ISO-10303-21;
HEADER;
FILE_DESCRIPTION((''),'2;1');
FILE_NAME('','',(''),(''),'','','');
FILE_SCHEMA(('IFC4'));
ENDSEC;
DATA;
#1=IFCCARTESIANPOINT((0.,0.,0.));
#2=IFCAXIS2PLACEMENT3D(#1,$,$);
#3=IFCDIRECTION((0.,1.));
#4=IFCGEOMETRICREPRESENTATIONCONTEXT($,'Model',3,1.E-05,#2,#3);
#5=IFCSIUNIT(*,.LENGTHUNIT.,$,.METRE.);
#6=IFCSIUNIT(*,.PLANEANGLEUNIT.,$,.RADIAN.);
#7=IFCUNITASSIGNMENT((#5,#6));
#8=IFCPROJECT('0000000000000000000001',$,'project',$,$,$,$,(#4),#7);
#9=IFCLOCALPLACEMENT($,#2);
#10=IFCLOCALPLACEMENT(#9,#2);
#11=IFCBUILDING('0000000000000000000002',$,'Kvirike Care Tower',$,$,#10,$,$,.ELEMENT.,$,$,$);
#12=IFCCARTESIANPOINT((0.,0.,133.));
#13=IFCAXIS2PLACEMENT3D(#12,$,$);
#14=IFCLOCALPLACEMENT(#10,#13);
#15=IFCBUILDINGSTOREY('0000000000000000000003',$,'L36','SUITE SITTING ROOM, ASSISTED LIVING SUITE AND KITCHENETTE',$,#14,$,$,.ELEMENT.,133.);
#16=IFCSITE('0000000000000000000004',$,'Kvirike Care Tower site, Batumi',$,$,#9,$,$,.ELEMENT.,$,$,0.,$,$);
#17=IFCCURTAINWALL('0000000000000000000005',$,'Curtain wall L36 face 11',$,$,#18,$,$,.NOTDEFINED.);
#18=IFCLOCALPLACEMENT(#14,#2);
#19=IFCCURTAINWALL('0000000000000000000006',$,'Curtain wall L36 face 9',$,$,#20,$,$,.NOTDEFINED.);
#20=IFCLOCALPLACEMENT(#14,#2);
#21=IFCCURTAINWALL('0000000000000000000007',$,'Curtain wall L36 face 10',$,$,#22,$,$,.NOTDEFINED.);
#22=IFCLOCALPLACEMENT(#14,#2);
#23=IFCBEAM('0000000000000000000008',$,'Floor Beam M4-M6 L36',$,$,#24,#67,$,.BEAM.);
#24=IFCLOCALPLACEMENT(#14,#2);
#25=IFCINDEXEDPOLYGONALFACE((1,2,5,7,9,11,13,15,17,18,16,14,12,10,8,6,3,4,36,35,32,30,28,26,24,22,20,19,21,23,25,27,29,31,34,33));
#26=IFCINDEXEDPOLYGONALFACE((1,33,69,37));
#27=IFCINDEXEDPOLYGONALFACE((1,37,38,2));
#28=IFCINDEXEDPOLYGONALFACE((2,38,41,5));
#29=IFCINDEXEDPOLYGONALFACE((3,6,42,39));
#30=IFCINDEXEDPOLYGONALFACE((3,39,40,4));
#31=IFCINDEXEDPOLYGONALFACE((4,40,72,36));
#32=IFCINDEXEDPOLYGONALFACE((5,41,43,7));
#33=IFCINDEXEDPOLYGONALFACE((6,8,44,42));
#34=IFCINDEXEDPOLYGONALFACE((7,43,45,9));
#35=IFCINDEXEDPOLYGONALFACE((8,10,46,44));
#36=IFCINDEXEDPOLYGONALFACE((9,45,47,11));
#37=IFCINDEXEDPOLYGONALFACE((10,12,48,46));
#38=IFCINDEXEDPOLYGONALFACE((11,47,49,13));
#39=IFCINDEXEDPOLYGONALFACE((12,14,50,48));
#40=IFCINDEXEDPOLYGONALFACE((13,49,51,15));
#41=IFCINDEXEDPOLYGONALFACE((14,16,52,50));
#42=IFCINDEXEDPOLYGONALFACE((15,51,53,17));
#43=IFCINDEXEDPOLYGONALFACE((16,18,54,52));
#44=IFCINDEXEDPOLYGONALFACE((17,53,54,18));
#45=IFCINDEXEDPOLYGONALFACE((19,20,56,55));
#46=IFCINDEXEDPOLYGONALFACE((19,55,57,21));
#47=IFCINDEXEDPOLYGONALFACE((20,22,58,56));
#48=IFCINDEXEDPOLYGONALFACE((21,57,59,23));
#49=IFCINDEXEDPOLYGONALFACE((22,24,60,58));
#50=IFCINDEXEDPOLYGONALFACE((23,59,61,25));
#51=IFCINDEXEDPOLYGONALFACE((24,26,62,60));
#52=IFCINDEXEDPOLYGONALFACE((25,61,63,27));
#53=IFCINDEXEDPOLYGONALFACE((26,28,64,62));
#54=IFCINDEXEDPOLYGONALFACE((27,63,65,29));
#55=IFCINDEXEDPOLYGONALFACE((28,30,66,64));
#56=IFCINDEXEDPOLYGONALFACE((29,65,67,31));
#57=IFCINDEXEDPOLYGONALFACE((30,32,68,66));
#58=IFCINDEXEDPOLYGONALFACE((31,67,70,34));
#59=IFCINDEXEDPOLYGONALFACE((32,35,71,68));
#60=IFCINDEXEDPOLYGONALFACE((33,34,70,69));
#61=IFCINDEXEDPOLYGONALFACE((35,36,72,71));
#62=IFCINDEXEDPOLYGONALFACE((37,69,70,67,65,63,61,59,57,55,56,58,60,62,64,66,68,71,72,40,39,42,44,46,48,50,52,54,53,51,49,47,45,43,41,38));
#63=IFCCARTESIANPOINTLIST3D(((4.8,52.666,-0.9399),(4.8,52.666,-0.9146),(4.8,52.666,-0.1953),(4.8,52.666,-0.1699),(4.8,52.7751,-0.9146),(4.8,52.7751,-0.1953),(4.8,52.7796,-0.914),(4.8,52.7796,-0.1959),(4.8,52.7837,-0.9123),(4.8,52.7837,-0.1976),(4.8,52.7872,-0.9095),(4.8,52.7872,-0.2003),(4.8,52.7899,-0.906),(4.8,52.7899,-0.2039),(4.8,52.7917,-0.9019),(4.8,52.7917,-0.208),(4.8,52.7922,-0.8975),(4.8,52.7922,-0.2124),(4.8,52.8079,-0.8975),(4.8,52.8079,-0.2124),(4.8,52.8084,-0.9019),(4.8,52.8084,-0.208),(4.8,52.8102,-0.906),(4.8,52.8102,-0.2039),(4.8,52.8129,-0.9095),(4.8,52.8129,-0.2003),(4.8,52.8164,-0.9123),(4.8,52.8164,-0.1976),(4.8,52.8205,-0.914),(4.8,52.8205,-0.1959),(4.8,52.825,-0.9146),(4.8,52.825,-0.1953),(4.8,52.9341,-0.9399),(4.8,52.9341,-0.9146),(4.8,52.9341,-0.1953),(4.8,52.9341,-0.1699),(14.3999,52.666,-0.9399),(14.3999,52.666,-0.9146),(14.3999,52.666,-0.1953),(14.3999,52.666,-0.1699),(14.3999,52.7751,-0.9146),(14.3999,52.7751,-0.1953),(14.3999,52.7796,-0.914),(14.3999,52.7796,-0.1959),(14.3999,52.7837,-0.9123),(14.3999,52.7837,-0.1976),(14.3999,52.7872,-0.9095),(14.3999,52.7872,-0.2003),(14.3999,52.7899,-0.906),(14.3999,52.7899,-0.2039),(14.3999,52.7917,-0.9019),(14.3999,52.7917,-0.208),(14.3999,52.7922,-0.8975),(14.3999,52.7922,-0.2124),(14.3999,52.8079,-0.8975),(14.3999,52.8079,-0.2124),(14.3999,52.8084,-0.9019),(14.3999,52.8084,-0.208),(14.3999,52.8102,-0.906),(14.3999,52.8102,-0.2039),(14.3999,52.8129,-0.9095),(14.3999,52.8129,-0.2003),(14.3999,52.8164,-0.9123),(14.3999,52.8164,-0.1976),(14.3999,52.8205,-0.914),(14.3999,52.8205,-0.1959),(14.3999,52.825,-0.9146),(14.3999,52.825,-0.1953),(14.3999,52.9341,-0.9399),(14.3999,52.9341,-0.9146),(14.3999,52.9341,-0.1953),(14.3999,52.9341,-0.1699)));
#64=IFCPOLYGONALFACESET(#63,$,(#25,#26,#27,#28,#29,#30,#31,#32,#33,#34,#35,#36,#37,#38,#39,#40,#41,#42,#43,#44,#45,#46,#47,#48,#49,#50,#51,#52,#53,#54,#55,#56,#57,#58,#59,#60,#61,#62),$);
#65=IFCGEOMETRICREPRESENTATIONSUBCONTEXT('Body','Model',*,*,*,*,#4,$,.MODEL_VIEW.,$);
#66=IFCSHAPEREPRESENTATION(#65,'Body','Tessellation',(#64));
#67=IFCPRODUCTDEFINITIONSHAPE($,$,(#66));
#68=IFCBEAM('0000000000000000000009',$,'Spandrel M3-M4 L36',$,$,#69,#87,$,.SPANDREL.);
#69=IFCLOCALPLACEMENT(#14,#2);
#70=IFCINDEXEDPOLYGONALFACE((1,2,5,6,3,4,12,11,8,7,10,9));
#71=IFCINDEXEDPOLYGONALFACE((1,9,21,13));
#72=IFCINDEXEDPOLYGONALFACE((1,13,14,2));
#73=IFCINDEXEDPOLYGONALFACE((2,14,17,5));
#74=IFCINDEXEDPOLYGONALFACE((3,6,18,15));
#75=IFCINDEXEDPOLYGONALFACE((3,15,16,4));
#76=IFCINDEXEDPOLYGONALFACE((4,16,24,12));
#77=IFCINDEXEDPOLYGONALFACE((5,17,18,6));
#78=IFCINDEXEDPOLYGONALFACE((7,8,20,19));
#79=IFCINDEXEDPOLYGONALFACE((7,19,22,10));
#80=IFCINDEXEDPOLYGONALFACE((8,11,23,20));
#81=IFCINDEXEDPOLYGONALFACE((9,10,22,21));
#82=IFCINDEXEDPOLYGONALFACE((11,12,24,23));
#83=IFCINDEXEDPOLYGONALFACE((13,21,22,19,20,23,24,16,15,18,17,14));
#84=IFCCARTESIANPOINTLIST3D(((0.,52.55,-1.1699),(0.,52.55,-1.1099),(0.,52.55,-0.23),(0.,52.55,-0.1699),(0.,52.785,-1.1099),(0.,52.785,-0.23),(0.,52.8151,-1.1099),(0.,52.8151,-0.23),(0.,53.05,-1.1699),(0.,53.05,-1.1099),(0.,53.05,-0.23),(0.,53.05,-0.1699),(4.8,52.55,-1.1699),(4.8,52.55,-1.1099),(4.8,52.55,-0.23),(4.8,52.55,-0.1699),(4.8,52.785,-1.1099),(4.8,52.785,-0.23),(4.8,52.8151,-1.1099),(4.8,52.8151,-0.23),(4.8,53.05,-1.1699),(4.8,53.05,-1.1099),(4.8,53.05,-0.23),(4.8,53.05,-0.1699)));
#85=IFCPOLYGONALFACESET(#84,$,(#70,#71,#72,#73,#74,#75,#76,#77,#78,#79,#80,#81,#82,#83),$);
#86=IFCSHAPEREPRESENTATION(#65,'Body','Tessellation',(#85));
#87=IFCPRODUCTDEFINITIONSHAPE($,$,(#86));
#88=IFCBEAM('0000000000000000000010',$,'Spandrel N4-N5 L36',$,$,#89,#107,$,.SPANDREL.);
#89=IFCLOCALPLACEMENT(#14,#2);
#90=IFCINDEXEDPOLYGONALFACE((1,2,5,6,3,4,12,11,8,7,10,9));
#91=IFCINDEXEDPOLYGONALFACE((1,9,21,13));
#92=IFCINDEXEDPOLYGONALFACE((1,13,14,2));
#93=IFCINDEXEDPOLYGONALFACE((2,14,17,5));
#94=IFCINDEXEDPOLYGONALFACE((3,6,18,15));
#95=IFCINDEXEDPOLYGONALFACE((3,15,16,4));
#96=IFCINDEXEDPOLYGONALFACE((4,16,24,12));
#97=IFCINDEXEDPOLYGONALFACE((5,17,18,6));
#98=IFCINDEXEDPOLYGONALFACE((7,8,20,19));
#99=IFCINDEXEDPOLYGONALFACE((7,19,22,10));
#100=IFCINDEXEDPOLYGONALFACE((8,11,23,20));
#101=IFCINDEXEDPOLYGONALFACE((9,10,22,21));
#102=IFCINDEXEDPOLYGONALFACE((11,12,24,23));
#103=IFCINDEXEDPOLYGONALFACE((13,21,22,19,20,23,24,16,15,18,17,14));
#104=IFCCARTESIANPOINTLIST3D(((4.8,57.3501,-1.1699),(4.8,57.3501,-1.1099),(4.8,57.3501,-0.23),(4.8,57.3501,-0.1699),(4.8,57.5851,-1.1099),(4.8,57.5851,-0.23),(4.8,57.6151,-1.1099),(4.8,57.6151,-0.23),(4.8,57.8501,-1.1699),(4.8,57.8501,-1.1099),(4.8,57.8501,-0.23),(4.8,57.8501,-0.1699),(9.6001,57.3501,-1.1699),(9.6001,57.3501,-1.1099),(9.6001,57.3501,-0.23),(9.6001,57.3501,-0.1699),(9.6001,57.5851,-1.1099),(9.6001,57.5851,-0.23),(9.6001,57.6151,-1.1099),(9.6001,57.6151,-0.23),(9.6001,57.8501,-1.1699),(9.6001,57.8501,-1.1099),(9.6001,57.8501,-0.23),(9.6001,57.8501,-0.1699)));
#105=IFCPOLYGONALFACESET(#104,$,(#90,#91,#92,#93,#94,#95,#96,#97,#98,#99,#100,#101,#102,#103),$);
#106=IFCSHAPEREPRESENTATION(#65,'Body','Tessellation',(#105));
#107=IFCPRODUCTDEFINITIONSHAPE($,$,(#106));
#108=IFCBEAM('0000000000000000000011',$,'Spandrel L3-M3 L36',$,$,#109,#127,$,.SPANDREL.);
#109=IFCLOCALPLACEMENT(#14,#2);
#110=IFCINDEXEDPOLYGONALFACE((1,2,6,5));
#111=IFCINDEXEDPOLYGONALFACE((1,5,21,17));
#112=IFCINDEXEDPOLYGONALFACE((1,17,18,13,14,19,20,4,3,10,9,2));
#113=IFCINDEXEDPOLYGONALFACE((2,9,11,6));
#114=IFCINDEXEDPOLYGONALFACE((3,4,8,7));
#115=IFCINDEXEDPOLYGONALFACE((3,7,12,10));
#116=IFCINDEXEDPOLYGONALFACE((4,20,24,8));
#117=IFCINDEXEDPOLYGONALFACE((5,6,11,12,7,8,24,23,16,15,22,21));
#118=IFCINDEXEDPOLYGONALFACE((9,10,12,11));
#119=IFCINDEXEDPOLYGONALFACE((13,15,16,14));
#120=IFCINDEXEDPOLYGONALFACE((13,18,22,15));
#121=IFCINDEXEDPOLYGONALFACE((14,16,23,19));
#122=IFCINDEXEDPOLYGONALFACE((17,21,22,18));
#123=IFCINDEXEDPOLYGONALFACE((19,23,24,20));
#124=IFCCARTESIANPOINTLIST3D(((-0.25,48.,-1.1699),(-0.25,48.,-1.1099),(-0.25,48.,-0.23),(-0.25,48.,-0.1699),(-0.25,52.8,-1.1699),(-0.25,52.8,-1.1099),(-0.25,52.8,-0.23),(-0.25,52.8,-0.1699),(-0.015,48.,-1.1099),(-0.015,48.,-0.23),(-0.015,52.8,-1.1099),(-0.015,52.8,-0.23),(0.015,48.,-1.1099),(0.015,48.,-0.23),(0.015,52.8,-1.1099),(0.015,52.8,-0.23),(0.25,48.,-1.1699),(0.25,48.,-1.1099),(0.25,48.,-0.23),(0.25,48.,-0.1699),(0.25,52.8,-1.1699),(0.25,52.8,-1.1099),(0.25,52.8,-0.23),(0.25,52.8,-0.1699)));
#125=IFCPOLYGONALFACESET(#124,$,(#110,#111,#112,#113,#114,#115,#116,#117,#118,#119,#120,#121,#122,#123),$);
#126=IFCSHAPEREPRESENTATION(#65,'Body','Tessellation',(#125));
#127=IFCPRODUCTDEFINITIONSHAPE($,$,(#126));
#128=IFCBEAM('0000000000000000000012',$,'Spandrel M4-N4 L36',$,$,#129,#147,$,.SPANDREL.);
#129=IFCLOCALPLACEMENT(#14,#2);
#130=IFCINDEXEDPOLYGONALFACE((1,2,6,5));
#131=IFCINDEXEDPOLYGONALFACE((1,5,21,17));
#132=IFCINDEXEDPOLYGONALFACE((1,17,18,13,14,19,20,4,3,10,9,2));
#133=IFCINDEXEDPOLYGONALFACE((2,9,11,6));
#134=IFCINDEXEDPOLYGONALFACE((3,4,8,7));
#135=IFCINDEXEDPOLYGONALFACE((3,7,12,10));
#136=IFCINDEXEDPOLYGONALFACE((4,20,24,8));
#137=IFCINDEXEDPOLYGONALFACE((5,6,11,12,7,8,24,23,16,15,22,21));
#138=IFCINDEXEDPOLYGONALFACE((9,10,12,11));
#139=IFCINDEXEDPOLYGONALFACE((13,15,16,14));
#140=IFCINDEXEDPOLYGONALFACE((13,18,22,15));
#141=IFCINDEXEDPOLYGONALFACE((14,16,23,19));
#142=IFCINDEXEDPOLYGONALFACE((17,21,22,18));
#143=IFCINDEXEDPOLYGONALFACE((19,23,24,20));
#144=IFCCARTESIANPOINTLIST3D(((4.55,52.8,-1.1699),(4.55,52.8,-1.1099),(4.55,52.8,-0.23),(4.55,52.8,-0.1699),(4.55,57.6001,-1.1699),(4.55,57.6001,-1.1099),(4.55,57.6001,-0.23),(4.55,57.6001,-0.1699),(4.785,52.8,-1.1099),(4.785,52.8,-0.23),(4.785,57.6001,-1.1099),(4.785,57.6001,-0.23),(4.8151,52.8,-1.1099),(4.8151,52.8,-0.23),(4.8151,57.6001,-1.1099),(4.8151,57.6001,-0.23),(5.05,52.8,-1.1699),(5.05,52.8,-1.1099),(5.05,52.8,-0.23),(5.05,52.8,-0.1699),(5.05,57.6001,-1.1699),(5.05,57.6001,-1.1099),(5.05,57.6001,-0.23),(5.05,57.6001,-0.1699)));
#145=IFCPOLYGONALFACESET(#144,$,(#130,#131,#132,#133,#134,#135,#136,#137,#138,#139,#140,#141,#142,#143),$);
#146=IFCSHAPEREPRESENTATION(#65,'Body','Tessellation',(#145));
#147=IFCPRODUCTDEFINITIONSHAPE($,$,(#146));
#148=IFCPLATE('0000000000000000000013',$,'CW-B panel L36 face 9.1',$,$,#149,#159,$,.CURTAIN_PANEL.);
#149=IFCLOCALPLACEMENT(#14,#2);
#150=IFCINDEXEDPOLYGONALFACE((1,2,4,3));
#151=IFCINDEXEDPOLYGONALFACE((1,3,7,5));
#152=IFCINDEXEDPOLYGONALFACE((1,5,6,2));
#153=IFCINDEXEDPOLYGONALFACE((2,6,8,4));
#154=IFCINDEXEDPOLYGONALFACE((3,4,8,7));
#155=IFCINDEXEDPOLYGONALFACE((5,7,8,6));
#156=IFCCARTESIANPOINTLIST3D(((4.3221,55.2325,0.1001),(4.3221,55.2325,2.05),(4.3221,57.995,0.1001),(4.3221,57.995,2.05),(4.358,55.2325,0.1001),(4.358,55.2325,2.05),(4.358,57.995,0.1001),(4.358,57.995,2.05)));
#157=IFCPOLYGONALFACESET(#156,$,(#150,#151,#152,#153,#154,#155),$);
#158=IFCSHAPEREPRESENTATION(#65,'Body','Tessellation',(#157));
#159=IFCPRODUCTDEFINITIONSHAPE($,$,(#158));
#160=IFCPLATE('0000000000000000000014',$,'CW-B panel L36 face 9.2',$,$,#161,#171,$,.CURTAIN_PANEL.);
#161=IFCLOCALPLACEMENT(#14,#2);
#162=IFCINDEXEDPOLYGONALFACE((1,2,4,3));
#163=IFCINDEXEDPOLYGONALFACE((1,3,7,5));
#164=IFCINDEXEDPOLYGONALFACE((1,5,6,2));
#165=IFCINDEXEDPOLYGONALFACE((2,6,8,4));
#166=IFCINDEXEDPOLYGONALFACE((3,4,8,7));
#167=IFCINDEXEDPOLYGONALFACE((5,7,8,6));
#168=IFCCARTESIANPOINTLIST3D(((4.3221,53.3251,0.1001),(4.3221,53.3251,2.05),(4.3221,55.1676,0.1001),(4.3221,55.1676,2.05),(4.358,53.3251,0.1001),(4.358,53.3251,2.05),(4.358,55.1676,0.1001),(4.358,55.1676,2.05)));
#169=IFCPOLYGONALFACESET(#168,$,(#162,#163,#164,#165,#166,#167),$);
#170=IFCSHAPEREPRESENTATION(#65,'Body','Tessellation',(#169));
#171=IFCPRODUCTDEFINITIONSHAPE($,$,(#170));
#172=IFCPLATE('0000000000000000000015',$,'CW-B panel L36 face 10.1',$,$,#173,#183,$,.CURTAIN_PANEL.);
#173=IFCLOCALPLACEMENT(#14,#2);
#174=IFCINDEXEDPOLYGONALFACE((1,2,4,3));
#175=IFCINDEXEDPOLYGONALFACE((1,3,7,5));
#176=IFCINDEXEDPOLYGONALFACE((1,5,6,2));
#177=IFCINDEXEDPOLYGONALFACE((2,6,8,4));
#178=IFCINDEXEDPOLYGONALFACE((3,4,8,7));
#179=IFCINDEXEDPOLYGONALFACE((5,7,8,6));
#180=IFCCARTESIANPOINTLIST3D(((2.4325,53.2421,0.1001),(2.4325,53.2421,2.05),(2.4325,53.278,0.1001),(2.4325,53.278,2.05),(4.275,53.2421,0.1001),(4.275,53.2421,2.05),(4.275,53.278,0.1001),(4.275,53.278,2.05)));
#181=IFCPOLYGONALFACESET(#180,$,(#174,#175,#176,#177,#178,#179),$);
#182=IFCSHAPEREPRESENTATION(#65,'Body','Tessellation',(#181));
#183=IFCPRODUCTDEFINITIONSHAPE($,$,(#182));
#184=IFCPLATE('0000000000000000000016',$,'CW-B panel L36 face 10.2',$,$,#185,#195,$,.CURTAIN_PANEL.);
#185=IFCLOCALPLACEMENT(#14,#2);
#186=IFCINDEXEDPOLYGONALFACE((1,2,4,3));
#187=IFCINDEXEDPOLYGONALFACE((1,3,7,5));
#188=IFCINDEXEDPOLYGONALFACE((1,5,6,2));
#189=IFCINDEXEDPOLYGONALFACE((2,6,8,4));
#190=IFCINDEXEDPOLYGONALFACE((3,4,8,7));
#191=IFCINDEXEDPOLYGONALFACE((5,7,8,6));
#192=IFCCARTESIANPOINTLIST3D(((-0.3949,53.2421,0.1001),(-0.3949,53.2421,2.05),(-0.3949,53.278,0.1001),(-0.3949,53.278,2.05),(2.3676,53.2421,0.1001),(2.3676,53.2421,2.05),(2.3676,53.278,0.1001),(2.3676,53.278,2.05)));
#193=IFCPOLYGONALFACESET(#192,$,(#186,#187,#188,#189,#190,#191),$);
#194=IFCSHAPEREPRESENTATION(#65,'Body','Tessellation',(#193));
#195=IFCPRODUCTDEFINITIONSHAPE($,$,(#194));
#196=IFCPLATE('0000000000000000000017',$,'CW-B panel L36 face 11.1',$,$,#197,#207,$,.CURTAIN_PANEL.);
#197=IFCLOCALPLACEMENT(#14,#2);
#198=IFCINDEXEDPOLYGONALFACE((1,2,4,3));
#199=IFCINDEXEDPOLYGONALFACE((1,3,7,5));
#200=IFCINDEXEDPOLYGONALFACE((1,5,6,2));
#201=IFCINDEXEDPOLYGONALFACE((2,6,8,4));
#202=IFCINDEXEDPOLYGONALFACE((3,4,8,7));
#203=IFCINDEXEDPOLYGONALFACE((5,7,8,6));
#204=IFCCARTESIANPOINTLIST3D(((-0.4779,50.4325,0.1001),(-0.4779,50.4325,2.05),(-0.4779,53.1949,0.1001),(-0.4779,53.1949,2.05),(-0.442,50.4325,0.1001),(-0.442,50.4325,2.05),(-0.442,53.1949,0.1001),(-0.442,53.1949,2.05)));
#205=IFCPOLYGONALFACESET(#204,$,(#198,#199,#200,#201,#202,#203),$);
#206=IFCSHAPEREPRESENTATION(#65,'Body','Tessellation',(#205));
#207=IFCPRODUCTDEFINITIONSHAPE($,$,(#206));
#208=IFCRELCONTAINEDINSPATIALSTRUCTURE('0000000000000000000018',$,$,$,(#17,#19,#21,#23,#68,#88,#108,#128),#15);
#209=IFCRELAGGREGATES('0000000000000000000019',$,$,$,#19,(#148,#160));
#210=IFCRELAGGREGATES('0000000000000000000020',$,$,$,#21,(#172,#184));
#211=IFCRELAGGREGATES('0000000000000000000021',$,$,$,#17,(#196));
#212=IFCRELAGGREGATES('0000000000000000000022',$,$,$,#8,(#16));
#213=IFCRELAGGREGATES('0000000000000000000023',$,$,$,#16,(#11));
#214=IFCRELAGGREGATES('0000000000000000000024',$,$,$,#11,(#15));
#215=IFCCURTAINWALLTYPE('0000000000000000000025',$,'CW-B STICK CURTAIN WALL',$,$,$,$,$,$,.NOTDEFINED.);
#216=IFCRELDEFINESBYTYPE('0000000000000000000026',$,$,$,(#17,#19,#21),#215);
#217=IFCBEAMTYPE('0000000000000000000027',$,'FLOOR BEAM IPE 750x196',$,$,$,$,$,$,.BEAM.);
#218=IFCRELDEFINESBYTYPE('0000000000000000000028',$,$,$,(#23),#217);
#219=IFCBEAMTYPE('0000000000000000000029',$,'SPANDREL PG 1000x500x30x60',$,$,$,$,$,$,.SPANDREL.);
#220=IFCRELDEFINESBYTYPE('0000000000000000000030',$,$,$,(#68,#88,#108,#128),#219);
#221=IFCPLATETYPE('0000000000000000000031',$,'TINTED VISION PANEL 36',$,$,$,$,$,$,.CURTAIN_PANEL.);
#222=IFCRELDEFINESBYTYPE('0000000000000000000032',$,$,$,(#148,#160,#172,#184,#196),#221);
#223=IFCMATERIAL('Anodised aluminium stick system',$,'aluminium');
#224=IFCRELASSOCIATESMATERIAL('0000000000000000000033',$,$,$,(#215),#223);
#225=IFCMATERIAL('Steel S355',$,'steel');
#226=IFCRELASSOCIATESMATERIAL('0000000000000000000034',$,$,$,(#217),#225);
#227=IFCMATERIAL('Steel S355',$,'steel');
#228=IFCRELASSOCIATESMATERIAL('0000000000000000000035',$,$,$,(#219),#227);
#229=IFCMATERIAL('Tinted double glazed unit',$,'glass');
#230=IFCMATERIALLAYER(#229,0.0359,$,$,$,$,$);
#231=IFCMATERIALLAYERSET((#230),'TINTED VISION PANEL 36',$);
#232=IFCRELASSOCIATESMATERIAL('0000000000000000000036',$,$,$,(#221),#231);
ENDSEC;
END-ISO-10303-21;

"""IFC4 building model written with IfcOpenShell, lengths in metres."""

from ifc_helpers import new_model, si_unit, direction, frame, origin, origin_2d, place, context, subcontext, project, spatial, rectangle, i_section, extrude, material, layer, layer_set, material_profile, profile_set, type_object, element, aggregate, save


model = new_model("IFC4")

# Units and contexts
model_context = context("Model", 3, precision=1e-05, world=origin(), true_north=direction((0.0, 1.0)))
body_context = subcontext(model_context, "Body", "Model", "MODEL_VIEW")
ifc_project = project(units=[si_unit("LENGTHUNIT", "METRE"), si_unit("PLANEANGLEUNIT", "RADIAN")], contexts=[model_context])

# Site, building, storey
site_placement = place(None, origin())
site = spatial("IfcSite", under=ifc_project, at=site_placement, Name="Kvirike Care Tower site, Batumi", CompositionType="ELEMENT", RefElevation=0.0)
building_placement = place(site_placement, origin())
building = spatial("IfcBuilding", under=site, at=building_placement, Name="Kvirike Care Tower", CompositionType="ELEMENT")
storey_placement = place(building_placement, frame((0.0, 0.0, 133.0)))
storey = spatial("IfcBuildingStorey", under=building, at=storey_placement, Name="L36", Description="SUITE SITTING ROOM, ASSISTED LIVING SUITE AND KITCHENETTE", CompositionType="ELEMENT", Elevation=133.0)

# Curtain wall
ifc_material_1 = material(Name="Anodised aluminium stick system", Category="aluminium")
curtain_wall_type = type_object("IfcCurtainWallType", Name="CW-B STICK CURTAIN WALL", PredefinedType="NOTDEFINED", material=ifc_material_1)
curtain_wall_1_placement = place(storey_placement, origin())
curtain_wall_1 = element("IfcCurtainWall", 1, at=curtain_wall_1_placement, inside=storey, type_object=curtain_wall_type, Name="Curtain wall L36 face 11", PredefinedType="NOTDEFINED")

# Curtain walls
curtain_wall_2_placement = place(storey_placement, origin())
curtain_wall_2 = element("IfcCurtainWall", 2, at=curtain_wall_2_placement, inside=storey, type_object=curtain_wall_type, Name="Curtain wall L36 face 9", PredefinedType="NOTDEFINED")
curtain_wall_3_placement = place(storey_placement, origin())
curtain_wall_3 = element("IfcCurtainWall", 3, at=curtain_wall_3_placement, inside=storey, type_object=curtain_wall_type, Name="Curtain wall L36 face 10", PredefinedType="NOTDEFINED")

# Beams
ifc_material_2 = material(Name="Steel S355", Category="steel")
ifc_material_profile_1 = material_profile(ifc_material_2, i_section(OverallWidth=0.2681, OverallDepth=0.77, WebThickness=0.0156, FlangeThickness=0.0254, FilletRadius=0.0171, at=origin_2d()), Name="IPE 750x196")
ifc_profile_set_1 = profile_set([ifc_material_profile_1], Name="Steel S355")
beam_type_1 = type_object("IfcBeamType", Name="FLOOR BEAM IPE 750x196", PredefinedType="BEAM", material=ifc_profile_set_1)
beam_1_placement = place(storey_placement, frame((4.8, 52.8, -0.5549), z_axis=(1.0, 0.0, 0.0), x_axis=(0.0, 1.0, 0.0)))
element("IfcBeam", 4, at=beam_1_placement, inside=storey, type_object=beam_type_1, Name="Floor Beam M4-M6 L36", PredefinedType="BEAM", context=body_context, shape_type="SweptSolid", body=[
    extrude(i_section(OverallWidth=0.2681, OverallDepth=0.77, WebThickness=0.0156, FlangeThickness=0.0254, FilletRadius=0.0171, at=origin_2d()), origin(), (0.0, 0.0, 1.0), 9.5999),
])
ifc_material_3 = material(Name="Steel S355", Category="steel")
ifc_material_profile_2 = material_profile(ifc_material_3, i_section(OverallWidth=0.5, OverallDepth=1.0, WebThickness=0.03, FlangeThickness=0.0601, at=origin_2d()), Name="PG 1000x500x30x60")
ifc_profile_set_2 = profile_set([ifc_material_profile_2], Name="Steel S355")
beam_type_2 = type_object("IfcBeamType", Name="SPANDREL PG 1000x500x30x60", PredefinedType="SPANDREL", material=ifc_profile_set_2)
for number, where, z_axis, x_axis, name in (
    (5, (0.0, 52.8, -0.6699), (1.0, 0.0, 0.0), (0.0, 1.0, 0.0), "Spandrel M3-M4 L36"),
    (6, (4.8, 57.6001, -0.6699), (1.0, 0.0, 0.0), (0.0, 1.0, 0.0), "Spandrel N4-N5 L36"),
    (7, (0.0, 48.0, -0.6699), (0.0, 1.0, 0.0), (-1.0, 0.0, 0.0), "Spandrel L3-M3 L36"),
    (8, (4.8, 52.8, -0.6699), (0.0, 1.0, 0.0), (-1.0, 0.0, 0.0), "Spandrel M4-N4 L36"),
):
    element("IfcBeam", number, at=place(storey_placement, frame(where, z_axis=z_axis, x_axis=x_axis)), inside=storey, type_object=beam_type_2, Name=name, PredefinedType="SPANDREL", context=body_context, shape_type="SweptSolid", body=[
        extrude(i_section(OverallWidth=0.5, OverallDepth=1.0, WebThickness=0.03, FlangeThickness=0.0601, at=origin_2d()), origin(), (0.0, 0.0, 1.0), 4.8),
    ])

# Plates
ifc_material_4 = material(Name="Tinted double glazed unit", Category="glass")
ifc_layer_1 = layer(ifc_material_4, 0.0359)
ifc_layer_set_1 = layer_set([ifc_layer_1], Name="TINTED VISION PANEL 36")
plate_type = type_object("IfcPlateType", Name="TINTED VISION PANEL 36", PredefinedType="CURTAIN_PANEL", material=ifc_layer_set_1)
plate_1_placement = place(storey_placement, frame((4.3401, 56.6138, 0.1001), z_axis=(0.0, 0.0, 1.0), x_axis=(0.0, -1.0, 0.0)))
plate_1 = element("IfcPlate", 9, at=plate_1_placement, type_object=plate_type, Name="CW-B panel L36 face 9.1", PredefinedType="CURTAIN_PANEL", context=body_context, shape_type="SweptSolid", body=[
    extrude(rectangle(XDim=2.7625, YDim=0.0359, at=origin_2d()), origin(), (0.0, 0.0, 1.0), 1.95),
])
plate_2_placement = place(storey_placement, frame((4.3401, 54.2463, 0.1001), z_axis=(0.0, 0.0, 1.0), x_axis=(0.0, -1.0, 0.0)))
plate_2 = element("IfcPlate", 10, at=plate_2_placement, type_object=plate_type, Name="CW-B panel L36 face 9.2", PredefinedType="CURTAIN_PANEL", context=body_context, shape_type="SweptSolid", body=[
    extrude(rectangle(XDim=1.8425, YDim=0.0359, at=origin_2d()), origin(), (0.0, 0.0, 1.0), 1.95),
])
aggregate(curtain_wall_2, [plate_1, plate_2])
plate_3_placement = place(storey_placement, frame((3.3538, 53.26, 0.1001), z_axis=(0.0, 0.0, 1.0), x_axis=(-1.0, 0.0, 0.0)))
plate_3 = element("IfcPlate", 11, at=plate_3_placement, type_object=plate_type, Name="CW-B panel L36 face 10.1", PredefinedType="CURTAIN_PANEL", context=body_context, shape_type="SweptSolid", body=[
    extrude(rectangle(XDim=1.8425, YDim=0.0359, at=origin_2d()), origin(), (0.0, 0.0, 1.0), 1.95),
])
plate_4_placement = place(storey_placement, frame((0.9863, 53.26, 0.1001), z_axis=(0.0, 0.0, 1.0), x_axis=(-1.0, 0.0, 0.0)))
plate_4 = element("IfcPlate", 12, at=plate_4_placement, type_object=plate_type, Name="CW-B panel L36 face 10.2", PredefinedType="CURTAIN_PANEL", context=body_context, shape_type="SweptSolid", body=[
    extrude(rectangle(XDim=2.7625, YDim=0.0359, at=origin_2d()), origin(), (0.0, 0.0, 1.0), 1.95),
])
aggregate(curtain_wall_3, [plate_3, plate_4])
plate_5_placement = place(storey_placement, frame((-0.46, 51.8137, 0.1001), z_axis=(0.0, 0.0, 1.0), x_axis=(0.0, -1.0, 0.0)))
plate_5 = element("IfcPlate", 13, at=plate_5_placement, type_object=plate_type, Name="CW-B panel L36 face 11.1", PredefinedType="CURTAIN_PANEL", context=body_context, shape_type="SweptSolid", body=[
    extrude(rectangle(XDim=2.7625, YDim=0.0359, at=origin_2d()), origin(), (0.0, 0.0, 1.0), 1.95),
])
aggregate(curtain_wall_1, [plate_5])

save(model, "model.ifc")
